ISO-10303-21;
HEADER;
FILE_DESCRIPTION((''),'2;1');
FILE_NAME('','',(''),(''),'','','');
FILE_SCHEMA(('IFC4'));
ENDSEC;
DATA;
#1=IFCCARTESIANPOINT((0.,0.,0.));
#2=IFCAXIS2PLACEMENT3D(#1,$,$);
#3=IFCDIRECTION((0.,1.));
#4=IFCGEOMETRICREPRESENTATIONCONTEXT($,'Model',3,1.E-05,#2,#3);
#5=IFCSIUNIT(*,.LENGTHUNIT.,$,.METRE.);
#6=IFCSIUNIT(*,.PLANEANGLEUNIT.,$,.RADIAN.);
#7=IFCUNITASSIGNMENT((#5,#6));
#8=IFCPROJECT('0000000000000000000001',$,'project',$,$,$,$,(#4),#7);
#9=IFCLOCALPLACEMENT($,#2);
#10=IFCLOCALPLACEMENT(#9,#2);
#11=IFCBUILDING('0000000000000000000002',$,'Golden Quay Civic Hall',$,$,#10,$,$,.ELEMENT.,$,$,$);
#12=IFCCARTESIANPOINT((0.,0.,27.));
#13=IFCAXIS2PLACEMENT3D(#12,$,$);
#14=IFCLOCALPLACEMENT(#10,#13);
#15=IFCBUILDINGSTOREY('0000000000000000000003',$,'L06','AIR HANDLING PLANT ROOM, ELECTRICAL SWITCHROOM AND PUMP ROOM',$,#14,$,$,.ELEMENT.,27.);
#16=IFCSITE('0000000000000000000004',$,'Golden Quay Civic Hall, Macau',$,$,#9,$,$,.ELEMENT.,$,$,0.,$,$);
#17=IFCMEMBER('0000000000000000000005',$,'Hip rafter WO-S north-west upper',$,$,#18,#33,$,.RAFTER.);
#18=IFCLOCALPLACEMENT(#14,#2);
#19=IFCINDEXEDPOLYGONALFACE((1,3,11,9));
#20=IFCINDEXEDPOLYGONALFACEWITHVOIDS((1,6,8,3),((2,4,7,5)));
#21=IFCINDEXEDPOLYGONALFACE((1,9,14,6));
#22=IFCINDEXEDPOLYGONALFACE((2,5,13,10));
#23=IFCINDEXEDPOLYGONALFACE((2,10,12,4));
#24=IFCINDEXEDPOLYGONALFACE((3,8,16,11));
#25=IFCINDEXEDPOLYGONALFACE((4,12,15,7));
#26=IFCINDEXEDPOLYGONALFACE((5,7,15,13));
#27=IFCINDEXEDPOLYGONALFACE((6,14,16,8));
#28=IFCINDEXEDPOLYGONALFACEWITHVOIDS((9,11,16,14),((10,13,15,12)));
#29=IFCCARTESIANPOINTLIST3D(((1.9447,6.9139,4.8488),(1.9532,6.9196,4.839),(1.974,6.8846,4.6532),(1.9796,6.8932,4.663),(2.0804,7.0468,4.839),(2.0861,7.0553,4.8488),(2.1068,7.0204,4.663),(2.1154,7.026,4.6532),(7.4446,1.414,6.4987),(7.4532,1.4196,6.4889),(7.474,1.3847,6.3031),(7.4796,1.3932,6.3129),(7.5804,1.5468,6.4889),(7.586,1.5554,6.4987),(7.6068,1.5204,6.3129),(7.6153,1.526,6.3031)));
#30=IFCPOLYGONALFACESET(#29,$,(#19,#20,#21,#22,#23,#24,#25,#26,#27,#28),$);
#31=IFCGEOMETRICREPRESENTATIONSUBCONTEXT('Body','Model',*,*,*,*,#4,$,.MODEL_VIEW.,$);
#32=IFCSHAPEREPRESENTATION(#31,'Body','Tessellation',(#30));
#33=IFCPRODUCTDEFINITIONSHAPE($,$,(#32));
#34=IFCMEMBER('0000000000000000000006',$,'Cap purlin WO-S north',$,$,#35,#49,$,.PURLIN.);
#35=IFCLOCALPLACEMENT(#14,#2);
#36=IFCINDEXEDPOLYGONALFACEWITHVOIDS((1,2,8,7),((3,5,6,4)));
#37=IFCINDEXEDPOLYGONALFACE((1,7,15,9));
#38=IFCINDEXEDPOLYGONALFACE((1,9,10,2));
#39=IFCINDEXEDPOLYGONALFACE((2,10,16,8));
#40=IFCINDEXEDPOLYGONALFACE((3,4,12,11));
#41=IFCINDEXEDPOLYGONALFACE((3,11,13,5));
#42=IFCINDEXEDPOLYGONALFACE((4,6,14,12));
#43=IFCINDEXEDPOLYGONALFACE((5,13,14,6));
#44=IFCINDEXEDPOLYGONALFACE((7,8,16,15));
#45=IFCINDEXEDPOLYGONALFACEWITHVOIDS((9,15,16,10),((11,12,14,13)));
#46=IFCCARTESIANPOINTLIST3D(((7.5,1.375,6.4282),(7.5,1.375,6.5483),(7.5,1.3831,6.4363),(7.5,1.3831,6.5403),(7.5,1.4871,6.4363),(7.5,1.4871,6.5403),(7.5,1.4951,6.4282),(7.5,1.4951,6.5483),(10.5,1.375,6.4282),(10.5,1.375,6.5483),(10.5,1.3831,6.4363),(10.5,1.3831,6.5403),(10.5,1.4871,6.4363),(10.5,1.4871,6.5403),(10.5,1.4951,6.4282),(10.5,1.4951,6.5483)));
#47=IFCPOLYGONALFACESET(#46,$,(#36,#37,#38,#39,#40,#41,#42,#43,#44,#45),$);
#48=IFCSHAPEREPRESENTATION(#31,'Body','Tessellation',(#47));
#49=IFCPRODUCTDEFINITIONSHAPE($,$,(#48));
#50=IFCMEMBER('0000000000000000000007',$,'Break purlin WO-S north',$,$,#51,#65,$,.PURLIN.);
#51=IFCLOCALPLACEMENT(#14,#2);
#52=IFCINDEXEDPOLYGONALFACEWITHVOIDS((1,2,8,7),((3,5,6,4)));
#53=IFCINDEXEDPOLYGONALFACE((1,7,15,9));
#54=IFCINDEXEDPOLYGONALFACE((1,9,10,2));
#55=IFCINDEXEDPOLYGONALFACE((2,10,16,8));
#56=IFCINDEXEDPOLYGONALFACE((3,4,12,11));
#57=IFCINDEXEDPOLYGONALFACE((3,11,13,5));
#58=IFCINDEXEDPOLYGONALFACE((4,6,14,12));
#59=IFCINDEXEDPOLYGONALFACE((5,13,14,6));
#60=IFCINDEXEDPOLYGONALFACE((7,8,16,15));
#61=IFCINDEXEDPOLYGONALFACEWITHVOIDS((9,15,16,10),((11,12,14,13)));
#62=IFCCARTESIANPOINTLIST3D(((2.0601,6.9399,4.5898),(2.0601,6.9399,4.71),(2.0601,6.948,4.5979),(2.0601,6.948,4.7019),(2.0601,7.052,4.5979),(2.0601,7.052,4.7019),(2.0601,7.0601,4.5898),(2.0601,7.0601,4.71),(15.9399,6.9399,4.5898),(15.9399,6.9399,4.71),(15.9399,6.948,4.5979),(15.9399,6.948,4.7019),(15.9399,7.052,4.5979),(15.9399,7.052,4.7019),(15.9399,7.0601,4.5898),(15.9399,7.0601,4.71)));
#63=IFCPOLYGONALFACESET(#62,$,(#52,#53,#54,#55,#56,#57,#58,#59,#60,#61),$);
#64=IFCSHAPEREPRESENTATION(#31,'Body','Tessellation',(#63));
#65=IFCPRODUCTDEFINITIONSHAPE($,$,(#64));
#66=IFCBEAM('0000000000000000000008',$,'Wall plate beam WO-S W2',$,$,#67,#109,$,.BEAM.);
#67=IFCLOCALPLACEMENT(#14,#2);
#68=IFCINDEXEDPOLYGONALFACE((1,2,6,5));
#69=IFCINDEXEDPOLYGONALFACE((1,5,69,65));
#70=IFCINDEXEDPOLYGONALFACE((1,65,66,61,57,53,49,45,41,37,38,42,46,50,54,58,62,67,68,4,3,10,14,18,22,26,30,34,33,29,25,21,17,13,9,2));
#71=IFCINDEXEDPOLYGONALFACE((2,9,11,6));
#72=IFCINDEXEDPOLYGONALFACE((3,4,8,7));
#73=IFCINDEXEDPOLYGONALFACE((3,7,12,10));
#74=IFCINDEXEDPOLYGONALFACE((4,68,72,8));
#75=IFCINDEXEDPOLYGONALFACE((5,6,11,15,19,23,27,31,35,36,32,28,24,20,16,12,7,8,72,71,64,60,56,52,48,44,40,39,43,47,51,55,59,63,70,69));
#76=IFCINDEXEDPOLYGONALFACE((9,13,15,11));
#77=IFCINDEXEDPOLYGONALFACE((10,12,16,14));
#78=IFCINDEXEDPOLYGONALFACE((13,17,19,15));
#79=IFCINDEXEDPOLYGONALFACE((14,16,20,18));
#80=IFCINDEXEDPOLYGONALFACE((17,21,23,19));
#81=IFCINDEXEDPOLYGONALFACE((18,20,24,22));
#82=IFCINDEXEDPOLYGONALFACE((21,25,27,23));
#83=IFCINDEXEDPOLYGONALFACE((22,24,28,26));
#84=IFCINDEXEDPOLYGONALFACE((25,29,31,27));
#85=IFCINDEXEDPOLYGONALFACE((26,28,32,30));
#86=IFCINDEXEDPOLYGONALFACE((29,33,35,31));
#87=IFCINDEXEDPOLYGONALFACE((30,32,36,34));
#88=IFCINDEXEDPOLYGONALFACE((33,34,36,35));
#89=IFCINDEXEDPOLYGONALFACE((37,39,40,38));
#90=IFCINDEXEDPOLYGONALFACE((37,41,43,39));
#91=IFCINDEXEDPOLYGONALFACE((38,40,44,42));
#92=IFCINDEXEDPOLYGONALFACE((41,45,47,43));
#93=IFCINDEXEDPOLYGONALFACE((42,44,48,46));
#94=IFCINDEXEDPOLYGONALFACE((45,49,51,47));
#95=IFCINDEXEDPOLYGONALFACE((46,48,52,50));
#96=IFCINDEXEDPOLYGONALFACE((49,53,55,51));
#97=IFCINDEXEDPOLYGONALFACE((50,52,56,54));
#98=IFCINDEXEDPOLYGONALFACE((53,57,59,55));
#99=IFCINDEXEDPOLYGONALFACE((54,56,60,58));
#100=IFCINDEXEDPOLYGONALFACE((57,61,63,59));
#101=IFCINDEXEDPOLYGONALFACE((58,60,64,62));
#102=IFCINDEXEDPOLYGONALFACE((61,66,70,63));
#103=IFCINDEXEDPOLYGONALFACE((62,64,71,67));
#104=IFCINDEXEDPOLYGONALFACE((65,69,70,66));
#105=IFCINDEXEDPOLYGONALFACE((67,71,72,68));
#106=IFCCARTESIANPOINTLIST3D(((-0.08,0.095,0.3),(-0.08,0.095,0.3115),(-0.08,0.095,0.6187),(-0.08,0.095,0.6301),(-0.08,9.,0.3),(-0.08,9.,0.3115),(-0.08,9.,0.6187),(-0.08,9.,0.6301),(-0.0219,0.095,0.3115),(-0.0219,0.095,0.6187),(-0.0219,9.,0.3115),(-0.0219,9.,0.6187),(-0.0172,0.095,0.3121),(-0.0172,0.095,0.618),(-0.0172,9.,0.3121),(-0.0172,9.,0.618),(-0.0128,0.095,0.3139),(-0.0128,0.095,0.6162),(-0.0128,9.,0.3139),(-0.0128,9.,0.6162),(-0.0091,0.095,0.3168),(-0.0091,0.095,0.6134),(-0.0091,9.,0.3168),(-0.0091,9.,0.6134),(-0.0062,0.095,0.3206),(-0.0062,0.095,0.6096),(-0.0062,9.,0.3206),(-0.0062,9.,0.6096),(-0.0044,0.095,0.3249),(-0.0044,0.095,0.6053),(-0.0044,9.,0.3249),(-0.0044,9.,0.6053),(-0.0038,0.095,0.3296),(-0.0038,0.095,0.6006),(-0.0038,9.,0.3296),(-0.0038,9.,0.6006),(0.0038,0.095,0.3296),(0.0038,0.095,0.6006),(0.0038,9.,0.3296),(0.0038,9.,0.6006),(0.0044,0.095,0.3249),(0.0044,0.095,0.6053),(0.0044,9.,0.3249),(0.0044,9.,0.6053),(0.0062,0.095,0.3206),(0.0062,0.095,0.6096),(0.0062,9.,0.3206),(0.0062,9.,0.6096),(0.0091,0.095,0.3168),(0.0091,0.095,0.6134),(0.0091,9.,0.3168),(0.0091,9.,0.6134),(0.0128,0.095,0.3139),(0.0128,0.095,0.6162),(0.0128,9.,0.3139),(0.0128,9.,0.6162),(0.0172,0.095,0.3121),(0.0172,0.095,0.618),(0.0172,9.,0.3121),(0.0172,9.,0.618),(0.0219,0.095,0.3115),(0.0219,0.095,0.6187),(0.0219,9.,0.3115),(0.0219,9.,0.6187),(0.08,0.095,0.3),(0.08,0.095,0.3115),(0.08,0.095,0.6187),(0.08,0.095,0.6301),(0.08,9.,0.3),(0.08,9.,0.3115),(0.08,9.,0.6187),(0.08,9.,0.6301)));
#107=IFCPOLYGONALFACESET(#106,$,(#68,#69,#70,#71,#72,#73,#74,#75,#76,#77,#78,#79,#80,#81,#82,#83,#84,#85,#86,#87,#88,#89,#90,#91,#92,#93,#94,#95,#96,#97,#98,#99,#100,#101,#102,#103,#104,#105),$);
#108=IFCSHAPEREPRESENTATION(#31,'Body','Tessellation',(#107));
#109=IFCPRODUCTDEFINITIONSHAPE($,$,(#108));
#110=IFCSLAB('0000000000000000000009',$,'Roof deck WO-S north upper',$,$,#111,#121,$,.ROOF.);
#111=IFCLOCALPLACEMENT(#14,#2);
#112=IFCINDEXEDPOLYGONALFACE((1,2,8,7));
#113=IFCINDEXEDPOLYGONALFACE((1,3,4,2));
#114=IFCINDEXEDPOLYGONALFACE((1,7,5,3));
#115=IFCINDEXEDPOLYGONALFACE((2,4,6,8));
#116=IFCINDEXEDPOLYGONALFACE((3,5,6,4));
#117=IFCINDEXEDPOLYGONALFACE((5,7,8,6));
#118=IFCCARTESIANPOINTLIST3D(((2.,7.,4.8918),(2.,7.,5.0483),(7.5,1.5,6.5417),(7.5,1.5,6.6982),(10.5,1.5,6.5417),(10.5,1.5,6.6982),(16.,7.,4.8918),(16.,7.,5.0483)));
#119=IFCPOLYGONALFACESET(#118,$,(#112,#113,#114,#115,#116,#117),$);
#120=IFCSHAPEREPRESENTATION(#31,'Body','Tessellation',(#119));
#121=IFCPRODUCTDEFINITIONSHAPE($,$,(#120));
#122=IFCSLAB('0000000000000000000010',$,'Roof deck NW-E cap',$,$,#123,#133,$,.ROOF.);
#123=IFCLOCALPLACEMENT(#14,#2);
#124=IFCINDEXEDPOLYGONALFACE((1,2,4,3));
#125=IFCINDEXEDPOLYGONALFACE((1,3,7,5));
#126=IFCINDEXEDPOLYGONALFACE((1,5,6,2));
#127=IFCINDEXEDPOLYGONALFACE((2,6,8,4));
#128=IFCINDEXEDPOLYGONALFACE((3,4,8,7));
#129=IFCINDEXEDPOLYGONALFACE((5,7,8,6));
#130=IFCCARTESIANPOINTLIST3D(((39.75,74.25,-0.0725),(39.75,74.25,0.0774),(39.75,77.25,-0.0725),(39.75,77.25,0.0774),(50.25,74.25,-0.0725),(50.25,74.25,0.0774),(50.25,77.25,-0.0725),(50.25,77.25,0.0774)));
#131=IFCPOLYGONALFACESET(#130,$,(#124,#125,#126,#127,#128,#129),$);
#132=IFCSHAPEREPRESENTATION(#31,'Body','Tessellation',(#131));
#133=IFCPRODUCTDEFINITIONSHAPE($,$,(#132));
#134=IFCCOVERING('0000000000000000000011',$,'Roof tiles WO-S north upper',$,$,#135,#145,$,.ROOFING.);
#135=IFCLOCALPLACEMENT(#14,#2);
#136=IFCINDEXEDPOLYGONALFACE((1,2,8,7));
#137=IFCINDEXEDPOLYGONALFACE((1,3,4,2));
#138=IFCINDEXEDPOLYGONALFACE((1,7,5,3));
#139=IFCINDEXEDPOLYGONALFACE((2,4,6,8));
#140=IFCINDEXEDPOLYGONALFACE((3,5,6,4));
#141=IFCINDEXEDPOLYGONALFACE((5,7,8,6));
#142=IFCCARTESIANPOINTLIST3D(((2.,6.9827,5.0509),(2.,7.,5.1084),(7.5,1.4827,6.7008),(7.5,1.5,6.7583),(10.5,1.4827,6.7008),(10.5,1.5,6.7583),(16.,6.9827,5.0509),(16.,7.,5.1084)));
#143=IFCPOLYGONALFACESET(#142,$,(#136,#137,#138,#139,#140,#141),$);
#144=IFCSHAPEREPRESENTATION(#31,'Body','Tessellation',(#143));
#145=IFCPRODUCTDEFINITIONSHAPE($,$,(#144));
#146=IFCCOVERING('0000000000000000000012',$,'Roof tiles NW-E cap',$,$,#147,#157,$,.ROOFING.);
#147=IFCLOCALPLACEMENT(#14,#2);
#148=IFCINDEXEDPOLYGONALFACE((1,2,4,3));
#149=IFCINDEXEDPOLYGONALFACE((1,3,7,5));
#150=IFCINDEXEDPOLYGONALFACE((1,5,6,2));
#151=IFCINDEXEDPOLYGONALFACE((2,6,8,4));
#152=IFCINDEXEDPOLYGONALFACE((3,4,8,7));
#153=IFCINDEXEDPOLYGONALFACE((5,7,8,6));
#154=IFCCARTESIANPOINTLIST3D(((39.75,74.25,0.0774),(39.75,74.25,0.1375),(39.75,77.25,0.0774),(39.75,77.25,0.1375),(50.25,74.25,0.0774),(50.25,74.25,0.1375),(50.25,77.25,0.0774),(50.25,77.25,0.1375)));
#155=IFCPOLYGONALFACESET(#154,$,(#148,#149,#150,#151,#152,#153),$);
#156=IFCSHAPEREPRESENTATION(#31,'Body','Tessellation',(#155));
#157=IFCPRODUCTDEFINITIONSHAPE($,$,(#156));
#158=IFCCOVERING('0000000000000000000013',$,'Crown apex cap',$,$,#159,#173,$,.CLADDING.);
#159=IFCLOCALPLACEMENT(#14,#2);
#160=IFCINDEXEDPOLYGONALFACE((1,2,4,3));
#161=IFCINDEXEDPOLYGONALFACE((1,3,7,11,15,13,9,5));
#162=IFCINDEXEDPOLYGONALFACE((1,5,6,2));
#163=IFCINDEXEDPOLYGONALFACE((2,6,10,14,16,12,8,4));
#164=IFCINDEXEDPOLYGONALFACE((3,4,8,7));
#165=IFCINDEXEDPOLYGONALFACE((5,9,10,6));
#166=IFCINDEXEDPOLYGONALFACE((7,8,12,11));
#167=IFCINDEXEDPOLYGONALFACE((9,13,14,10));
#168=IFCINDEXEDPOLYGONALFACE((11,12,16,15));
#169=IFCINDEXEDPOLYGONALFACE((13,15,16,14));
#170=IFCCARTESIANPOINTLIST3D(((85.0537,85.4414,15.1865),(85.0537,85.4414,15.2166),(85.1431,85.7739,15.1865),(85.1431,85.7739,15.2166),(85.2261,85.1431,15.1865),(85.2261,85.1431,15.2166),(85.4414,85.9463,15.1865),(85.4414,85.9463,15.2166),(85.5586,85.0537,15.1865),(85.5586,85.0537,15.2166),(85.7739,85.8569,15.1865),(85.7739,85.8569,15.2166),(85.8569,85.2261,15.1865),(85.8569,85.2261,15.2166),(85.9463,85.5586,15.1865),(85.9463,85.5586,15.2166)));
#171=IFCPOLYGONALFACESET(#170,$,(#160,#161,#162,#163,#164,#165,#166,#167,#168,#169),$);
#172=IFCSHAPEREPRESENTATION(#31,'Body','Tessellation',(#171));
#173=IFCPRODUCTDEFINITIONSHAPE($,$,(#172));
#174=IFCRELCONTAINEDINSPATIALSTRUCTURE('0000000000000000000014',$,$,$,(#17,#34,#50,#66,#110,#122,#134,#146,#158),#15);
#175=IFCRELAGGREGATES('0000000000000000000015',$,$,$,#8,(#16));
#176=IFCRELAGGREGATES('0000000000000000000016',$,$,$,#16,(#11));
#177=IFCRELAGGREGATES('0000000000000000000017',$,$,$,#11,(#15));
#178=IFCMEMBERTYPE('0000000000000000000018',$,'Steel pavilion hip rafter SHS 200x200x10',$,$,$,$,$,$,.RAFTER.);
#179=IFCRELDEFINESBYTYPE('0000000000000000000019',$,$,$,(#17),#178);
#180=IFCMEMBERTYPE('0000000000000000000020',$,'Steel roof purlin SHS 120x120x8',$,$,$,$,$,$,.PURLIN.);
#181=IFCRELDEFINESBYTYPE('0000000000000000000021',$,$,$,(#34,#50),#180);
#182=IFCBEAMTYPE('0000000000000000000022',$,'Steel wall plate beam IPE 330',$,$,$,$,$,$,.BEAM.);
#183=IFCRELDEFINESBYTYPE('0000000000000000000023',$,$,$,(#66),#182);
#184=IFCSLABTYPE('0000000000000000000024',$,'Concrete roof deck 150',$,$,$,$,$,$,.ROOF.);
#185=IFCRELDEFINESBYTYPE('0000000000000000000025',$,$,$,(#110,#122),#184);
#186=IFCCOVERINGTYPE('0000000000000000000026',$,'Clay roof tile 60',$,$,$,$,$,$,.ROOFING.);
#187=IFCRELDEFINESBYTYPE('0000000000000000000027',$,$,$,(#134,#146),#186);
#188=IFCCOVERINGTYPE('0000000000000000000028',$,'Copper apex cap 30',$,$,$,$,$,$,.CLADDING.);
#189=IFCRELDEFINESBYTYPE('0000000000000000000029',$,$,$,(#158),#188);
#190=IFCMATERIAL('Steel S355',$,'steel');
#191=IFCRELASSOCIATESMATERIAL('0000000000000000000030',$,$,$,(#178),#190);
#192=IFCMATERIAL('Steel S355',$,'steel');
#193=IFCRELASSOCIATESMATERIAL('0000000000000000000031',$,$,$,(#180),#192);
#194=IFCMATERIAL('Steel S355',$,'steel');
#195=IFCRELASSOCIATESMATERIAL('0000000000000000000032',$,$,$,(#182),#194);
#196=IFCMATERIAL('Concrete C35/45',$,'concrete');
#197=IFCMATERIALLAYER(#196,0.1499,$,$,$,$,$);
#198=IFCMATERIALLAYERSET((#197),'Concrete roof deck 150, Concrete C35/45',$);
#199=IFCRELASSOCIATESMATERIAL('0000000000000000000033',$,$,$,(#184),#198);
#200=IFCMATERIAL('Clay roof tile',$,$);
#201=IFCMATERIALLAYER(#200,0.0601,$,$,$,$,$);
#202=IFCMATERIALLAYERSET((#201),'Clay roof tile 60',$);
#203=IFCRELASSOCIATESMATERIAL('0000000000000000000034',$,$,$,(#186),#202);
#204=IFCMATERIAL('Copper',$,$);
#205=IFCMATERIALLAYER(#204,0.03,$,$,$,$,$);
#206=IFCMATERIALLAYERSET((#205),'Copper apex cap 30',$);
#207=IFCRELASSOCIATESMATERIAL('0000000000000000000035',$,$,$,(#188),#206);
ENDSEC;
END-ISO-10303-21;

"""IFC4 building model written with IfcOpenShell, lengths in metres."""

from ifc_helpers import new_model, si_unit, direction, frame, origin, origin_2d, place, context, subcontext, project, spatial, polyline, hollow_rectangle, i_section, outline, extrude, material, layer, layer_set, material_profile, profile_set, type_object, element, save


model = new_model("IFC4")

# Units and contexts
model_context = context("Model", 3, precision=1e-05, world=origin(), true_north=direction((0.0, 1.0)))
body_context = subcontext(model_context, "Body", "Model", "MODEL_VIEW")
ifc_project = project(units=[si_unit("LENGTHUNIT", "METRE"), si_unit("PLANEANGLEUNIT", "RADIAN")], contexts=[model_context])

# Site, building, storey
site_placement = place(None, origin())
site = spatial("IfcSite", under=ifc_project, at=site_placement, Name="Golden Quay Civic Hall, Macau", CompositionType="ELEMENT", RefElevation=0.0)
building_placement = place(site_placement, origin())
building = spatial("IfcBuilding", under=site, at=building_placement, Name="Golden Quay Civic Hall", CompositionType="ELEMENT")
storey_placement = place(building_placement, frame((0.0, 0.0, 27.0)))
storey = spatial("IfcBuildingStorey", under=building, at=storey_placement, Name="L06", Description="AIR HANDLING PLANT ROOM, ELECTRICAL SWITCHROOM AND PUMP ROOM", CompositionType="ELEMENT", Elevation=27.0)

# Members
ifc_material_1 = material(Name="Steel S355", Category="steel")
ifc_material_profile_1 = material_profile(ifc_material_1, hollow_rectangle(XDim=0.2, YDim=0.2, WallThickness=0.01, at=origin_2d()), Name="SHS 200x200x10")
ifc_profile_set_1 = profile_set([ifc_material_profile_1], Name="Steel S355")
member_type_1 = type_object("IfcMemberType", Name="Steel pavilion hip rafter SHS 200x200x10", PredefinedType="RAFTER", material=ifc_profile_set_1)
member_1_placement = place(storey_placement, frame((2.03, 6.97, 4.751), z_axis=(0.691716, -0.691716, 0.207503), x_axis=(0.707107, 0.707107, 0.0)))
element("IfcMember", 1, at=member_1_placement, inside=storey, type_object=member_type_1, Name="Hip rafter WO-S north-west upper", PredefinedType="RAFTER", context=body_context, shape_type="SweptSolid", body=[
    extrude(hollow_rectangle(XDim=0.2, YDim=0.2, WallThickness=0.01, at=origin_2d()), origin(), (0.0, 0.0, 1.0), 7.9512),
])
ifc_material_2 = material(Name="Steel S355", Category="steel")
ifc_material_profile_2 = material_profile(ifc_material_2, hollow_rectangle(XDim=0.1201, YDim=0.1201, WallThickness=0.0081, at=origin_2d()), Name="SHS 120x120x8")
ifc_profile_set_2 = profile_set([ifc_material_profile_2], Name="Steel S355")
member_type_2 = type_object("IfcMemberType", Name="Steel roof purlin SHS 120x120x8", PredefinedType="PURLIN", material=ifc_profile_set_2)
member_2_placement = place(storey_placement, frame((7.5, 1.4351, 6.4883), z_axis=(1.0, 0.0, 0.0), x_axis=(0.0, 1.0, 0.0)))
element("IfcMember", 2, at=member_2_placement, inside=storey, type_object=member_type_2, Name="Cap purlin WO-S north", PredefinedType="PURLIN", context=body_context, shape_type="SweptSolid", body=[
    extrude(hollow_rectangle(XDim=0.1201, YDim=0.1201, WallThickness=0.0081, at=origin_2d()), origin(), (0.0, 0.0, 1.0), 3.0),
])
member_3_placement = place(storey_placement, frame((2.0601, 7.0, 4.6499), z_axis=(1.0, 0.0, 0.0), x_axis=(0.0, 1.0, 0.0)))
element("IfcMember", 3, at=member_3_placement, inside=storey, type_object=member_type_2, Name="Break purlin WO-S north", PredefinedType="PURLIN", context=body_context, shape_type="SweptSolid", body=[
    extrude(hollow_rectangle(XDim=0.1201, YDim=0.1201, WallThickness=0.0081, at=origin_2d()), origin(), (0.0, 0.0, 1.0), 13.8799),
])

# Beam
ifc_material_3 = material(Name="Steel S355", Category="steel")
ifc_material_profile_3 = material_profile(ifc_material_3, i_section(OverallWidth=0.1599, OverallDepth=0.3301, WebThickness=0.0076, FlangeThickness=0.0115, FilletRadius=0.0181, at=origin_2d()), Name="IPE 330")
ifc_profile_set_3 = profile_set([ifc_material_profile_3], Name="Steel S355")
beam_type = type_object("IfcBeamType", Name="Steel wall plate beam IPE 330", PredefinedType="BEAM", material=ifc_profile_set_3)
beam_placement = place(storey_placement, frame((0.0, 0.095, 0.4651), z_axis=(0.0, 1.0, 0.0), x_axis=(-1.0, 0.0, 0.0)))
element("IfcBeam", 4, at=beam_placement, inside=storey, type_object=beam_type, Name="Wall plate beam WO-S W2", PredefinedType="BEAM", context=body_context, shape_type="SweptSolid", body=[
    extrude(i_section(OverallWidth=0.1599, OverallDepth=0.3301, WebThickness=0.0076, FlangeThickness=0.0115, FilletRadius=0.0181, at=origin_2d()), origin(), (0.0, 0.0, 1.0), 8.905),
])

# Slabs
ifc_material_4 = material(Name="Concrete C35/45", Category="concrete")
ifc_layer_1 = layer(ifc_material_4, 0.1499)
ifc_layer_set_1 = layer_set([ifc_layer_1], Name="Concrete roof deck 150, Concrete C35/45")
slab_type = type_object("IfcSlabType", Name="Concrete roof deck 150", PredefinedType="ROOF", material=ifc_layer_set_1)
slab_1_placement = place(storey_placement, frame((2.0, 7.0, 5.0483), z_axis=(0.0, 0.287332, 0.957831), x_axis=(1.0, 0.0, 0.0)))
element("IfcSlab", 5, at=slab_1_placement, inside=storey, type_object=slab_type, Name="Roof deck WO-S north upper", PredefinedType="ROOF", context=body_context, shape_type="SweptSolid", body=[
    extrude(outline(polyline([(0.0, 0.0), (14.0, 0.0), (8.5, -5.7421), (5.5, -5.7421), (0.0, 0.0)])), origin(), (0.0, 0.287332, -0.957831), 0.1565),
])
slab_2_placement = place(storey_placement, frame((0.0, 0.0, -0.0725)))
element("IfcSlab", 6, at=slab_2_placement, inside=storey, type_object=slab_type, Name="Roof deck NW-E cap", PredefinedType="ROOF", context=body_context, shape_type="SweptSolid", body=[
    extrude(outline(polyline([(39.75, 74.25), (50.25, 74.25), (50.25, 77.25), (39.75, 77.25), (39.75, 74.25)])), origin(), (0.0, 0.0, 1.0), 0.1499),
])

# Coverings
ifc_material_5 = material(Name="Clay roof tile")
ifc_layer_2 = layer(ifc_material_5, 0.0601)
ifc_layer_set_2 = layer_set([ifc_layer_2], Name="Clay roof tile 60")
covering_type_1 = type_object("IfcCoveringType", Name="Clay roof tile 60", PredefinedType="ROOFING", material=ifc_layer_set_2)
covering_1_placement = place(storey_placement, frame((2.0, 7.0, 5.1084), z_axis=(0.0, 0.287332, 0.957831), x_axis=(1.0, 0.0, 0.0)))
element("IfcCovering", 7, at=covering_1_placement, inside=storey, type_object=covering_type_1, Name="Roof tiles WO-S north upper", PredefinedType="ROOFING", context=body_context, shape_type="SweptSolid", body=[
    extrude(outline(polyline([(0.0, 0.0), (14.0, 0.0), (8.5, -5.7421), (5.5, -5.7421), (0.0, 0.0)])), origin(), (0.0, 0.0, -1.0), 0.0601),
])
covering_2_placement = place(storey_placement, frame((0.0, 0.0, 0.0774)))
element("IfcCovering", 8, at=covering_2_placement, inside=storey, type_object=covering_type_1, Name="Roof tiles NW-E cap", PredefinedType="ROOFING", context=body_context, shape_type="SweptSolid", body=[
    extrude(outline(polyline([(39.75, 74.25), (50.25, 74.25), (50.25, 77.25), (39.75, 77.25), (39.75, 74.25)])), origin(), (0.0, 0.0, 1.0), 0.0601),
])
ifc_material_6 = material(Name="Copper")
ifc_layer_3 = layer(ifc_material_6, 0.03)
ifc_layer_set_3 = layer_set([ifc_layer_3], Name="Copper apex cap 30")
covering_type_2 = type_object("IfcCoveringType", Name="Copper apex cap 30", PredefinedType="CLADDING", material=ifc_layer_set_3)
covering_3_placement = place(storey_placement, frame((0.0, 0.0, 15.1865)))
element("IfcCovering", 9, at=covering_3_placement, inside=storey, type_object=covering_type_2, Name="Crown apex cap", PredefinedType="CLADDING", context=body_context, shape_type="SweptSolid", body=[
    extrude(outline(polyline([(85.9463, 85.5586), (85.7739, 85.8569), (85.4414, 85.9463), (85.1431, 85.7739), (85.0537, 85.4414), (85.2261, 85.1431), (85.5586, 85.0537), (85.8569, 85.2261), (85.9463, 85.5586)])), origin(), (0.0, 0.0, 1.0), 0.03),
])

save(model, "model.ifc")
